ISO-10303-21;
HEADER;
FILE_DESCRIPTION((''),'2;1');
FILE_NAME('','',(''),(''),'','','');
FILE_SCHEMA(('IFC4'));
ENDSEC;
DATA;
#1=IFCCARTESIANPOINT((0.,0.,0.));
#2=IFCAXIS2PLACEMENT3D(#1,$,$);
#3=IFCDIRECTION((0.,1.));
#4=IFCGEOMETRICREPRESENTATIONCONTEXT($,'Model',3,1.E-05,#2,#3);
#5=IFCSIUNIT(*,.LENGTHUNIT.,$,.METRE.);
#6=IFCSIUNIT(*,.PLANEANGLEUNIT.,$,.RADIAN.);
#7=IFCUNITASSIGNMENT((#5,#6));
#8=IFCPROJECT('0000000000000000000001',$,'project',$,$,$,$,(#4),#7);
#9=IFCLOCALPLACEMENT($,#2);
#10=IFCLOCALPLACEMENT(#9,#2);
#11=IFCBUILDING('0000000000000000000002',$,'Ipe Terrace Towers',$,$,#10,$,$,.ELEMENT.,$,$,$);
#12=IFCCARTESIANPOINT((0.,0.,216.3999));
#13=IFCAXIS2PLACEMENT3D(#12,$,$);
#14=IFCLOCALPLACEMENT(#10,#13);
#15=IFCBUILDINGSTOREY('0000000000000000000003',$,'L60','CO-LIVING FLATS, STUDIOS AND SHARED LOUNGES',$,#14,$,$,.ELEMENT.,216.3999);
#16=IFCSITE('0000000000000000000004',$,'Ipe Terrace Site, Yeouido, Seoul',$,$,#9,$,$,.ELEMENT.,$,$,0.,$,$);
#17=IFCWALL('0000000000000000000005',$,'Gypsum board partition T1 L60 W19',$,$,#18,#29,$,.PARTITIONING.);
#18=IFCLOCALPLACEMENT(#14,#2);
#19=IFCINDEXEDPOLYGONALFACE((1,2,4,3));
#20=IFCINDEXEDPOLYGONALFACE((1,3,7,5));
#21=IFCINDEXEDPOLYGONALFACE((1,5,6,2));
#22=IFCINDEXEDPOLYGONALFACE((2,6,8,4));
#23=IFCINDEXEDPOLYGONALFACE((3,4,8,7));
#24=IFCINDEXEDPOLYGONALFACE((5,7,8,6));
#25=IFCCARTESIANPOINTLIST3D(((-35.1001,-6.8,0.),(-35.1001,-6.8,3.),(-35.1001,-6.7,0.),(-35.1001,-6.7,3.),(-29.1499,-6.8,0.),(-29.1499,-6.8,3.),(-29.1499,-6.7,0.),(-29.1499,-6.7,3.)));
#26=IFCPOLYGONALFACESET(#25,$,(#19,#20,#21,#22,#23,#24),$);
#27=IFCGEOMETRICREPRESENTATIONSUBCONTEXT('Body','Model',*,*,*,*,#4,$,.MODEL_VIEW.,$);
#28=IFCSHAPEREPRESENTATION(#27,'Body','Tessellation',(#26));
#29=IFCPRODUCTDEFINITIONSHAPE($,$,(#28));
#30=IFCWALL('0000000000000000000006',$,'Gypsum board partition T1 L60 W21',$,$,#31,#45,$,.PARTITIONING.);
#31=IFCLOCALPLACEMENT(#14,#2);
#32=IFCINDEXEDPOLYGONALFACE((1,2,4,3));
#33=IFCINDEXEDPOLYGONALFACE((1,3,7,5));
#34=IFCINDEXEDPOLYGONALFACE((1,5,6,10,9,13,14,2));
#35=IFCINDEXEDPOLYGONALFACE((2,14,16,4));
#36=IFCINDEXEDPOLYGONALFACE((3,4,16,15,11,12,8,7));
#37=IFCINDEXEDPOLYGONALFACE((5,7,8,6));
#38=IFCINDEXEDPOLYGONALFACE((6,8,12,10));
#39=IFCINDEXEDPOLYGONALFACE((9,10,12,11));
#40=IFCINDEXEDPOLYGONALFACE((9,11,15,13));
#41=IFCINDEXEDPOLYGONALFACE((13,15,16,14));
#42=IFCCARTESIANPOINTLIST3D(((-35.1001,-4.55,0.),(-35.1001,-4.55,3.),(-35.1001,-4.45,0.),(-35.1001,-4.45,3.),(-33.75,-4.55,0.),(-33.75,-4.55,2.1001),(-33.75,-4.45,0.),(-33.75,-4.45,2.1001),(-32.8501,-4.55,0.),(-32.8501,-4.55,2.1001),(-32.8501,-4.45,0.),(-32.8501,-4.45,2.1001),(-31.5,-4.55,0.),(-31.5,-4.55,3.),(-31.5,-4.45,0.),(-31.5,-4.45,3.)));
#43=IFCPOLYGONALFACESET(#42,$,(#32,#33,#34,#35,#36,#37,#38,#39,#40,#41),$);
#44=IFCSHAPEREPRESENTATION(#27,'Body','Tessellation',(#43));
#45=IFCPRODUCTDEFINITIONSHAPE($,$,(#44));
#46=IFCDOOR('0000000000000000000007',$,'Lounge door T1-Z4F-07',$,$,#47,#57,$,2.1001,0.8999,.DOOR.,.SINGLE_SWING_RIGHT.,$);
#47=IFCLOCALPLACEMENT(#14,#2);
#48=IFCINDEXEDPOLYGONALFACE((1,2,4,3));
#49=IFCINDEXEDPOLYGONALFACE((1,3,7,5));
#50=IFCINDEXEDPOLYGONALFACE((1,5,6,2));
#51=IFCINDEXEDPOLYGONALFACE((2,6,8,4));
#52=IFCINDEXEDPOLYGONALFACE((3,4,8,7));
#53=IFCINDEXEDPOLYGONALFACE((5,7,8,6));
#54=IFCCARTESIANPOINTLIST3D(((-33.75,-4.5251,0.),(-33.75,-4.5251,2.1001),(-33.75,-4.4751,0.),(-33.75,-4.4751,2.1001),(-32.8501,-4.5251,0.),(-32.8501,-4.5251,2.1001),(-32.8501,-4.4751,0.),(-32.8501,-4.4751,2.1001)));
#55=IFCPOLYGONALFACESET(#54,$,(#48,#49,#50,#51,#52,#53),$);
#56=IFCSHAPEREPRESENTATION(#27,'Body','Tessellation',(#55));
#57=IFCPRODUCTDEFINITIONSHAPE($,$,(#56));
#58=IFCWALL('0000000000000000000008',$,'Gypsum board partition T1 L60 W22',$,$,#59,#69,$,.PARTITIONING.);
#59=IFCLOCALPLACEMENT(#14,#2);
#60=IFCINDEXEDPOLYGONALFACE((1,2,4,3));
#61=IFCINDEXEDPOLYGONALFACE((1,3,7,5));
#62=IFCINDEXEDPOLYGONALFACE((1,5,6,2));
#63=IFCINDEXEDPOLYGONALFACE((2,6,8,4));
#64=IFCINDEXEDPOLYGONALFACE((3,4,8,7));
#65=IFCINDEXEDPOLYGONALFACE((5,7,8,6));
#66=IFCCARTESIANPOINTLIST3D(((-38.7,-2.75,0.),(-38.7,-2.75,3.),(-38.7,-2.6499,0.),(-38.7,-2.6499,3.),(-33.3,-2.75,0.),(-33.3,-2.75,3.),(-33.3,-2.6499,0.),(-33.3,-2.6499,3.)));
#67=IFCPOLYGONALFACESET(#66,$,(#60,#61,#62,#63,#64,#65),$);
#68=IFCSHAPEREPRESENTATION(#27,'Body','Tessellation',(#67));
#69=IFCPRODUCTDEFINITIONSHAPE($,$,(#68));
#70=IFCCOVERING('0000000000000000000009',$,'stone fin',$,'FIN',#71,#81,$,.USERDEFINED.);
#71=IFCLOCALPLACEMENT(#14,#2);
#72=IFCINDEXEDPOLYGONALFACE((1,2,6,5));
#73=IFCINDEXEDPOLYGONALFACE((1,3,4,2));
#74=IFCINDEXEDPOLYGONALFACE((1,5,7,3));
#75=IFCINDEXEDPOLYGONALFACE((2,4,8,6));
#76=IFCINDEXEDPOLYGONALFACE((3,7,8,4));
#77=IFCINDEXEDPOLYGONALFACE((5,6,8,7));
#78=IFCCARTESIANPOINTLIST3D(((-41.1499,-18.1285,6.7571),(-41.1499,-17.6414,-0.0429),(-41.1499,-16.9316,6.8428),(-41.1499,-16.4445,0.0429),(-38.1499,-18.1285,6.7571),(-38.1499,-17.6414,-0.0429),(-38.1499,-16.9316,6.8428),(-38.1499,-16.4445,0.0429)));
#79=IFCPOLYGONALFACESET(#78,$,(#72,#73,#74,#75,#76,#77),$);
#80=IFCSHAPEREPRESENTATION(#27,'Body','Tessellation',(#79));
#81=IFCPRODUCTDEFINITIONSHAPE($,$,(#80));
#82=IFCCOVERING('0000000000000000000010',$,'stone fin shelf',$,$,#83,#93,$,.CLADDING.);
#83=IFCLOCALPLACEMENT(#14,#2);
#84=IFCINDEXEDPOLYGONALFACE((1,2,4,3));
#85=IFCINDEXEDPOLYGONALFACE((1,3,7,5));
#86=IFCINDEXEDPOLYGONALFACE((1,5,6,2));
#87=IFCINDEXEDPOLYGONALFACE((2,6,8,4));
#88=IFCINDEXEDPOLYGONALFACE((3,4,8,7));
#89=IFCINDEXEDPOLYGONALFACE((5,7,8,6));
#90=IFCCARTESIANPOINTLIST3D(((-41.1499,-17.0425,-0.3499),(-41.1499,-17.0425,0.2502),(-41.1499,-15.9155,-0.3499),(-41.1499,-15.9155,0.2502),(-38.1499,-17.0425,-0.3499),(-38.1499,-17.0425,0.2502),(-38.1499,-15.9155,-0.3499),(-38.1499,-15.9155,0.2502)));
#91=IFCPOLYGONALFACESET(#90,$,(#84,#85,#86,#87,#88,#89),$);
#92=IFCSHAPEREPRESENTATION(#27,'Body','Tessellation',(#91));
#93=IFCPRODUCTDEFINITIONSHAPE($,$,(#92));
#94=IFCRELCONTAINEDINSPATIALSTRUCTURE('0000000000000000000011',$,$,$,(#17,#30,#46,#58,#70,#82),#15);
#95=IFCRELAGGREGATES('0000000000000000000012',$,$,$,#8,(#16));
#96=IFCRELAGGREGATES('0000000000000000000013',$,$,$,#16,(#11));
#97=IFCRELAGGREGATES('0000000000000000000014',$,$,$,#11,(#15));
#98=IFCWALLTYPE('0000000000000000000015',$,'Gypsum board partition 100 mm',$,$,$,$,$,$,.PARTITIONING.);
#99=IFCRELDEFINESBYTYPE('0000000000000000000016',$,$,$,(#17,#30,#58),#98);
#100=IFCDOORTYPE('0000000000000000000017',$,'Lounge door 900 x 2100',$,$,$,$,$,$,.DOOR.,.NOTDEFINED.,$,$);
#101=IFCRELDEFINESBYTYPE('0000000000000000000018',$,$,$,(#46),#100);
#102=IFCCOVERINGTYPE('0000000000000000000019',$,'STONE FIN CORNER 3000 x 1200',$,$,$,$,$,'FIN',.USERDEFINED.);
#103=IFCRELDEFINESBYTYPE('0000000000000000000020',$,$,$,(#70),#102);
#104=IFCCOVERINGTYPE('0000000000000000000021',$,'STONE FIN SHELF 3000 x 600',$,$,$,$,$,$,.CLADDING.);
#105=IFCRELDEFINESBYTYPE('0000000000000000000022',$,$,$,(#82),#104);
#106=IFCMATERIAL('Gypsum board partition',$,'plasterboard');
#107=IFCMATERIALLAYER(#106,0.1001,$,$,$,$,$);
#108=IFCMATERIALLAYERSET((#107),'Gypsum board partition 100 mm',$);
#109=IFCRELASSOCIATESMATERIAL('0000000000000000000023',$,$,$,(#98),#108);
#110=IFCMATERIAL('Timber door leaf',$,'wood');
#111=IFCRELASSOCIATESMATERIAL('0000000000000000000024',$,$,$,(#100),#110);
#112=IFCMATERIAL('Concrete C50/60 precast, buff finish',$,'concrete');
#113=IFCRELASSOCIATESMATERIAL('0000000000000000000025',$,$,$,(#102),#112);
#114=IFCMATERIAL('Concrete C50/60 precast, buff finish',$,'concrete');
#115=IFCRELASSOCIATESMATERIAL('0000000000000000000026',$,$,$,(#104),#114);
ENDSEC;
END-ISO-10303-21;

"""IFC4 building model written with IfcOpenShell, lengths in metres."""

from ifc_helpers import new_model, si_unit, direction, frame, frame_2d, origin, origin_2d, place, context, subcontext, project, spatial, rectangle, extrude, material, layer, layer_set, material_profile, profile_set, type_object, element, fill, save


model = new_model("IFC4")

# Units and contexts
model_context = context("Model", 3, precision=1e-05, world=origin(), true_north=direction((0.0, 1.0)))
body_context = subcontext(model_context, "Body", "Model", "MODEL_VIEW")
ifc_project = project(units=[si_unit("LENGTHUNIT", "METRE"), si_unit("PLANEANGLEUNIT", "RADIAN")], contexts=[model_context])

# Site, building, storey
site_placement = place(None, origin())
site = spatial("IfcSite", under=ifc_project, at=site_placement, Name="Ipe Terrace Site, Yeouido, Seoul", CompositionType="ELEMENT", RefElevation=0.0)
building_placement = place(site_placement, origin())
building = spatial("IfcBuilding", under=site, at=building_placement, Name="Ipe Terrace Towers", CompositionType="ELEMENT")
storey_placement = place(building_placement, frame((0.0, 0.0, 216.3999)))
storey = spatial("IfcBuildingStorey", under=building, at=storey_placement, Name="L60", Description="CO-LIVING FLATS, STUDIOS AND SHARED LOUNGES", CompositionType="ELEMENT", Elevation=216.3999)

# Shared definitions
ifc_material_1 = material(Name="Gypsum board partition", Category="plasterboard")
ifc_layer_1 = layer(ifc_material_1, 0.1001)
ifc_layer_set_1 = layer_set([ifc_layer_1], Name="Gypsum board partition 100 mm")
wall_type_1 = type_object("IfcWallType", Name="Gypsum board partition 100 mm", PredefinedType="PARTITIONING", material=ifc_layer_set_1)
ifc_material_2 = material(Name="Timber door leaf", Category="wood")
door_type = type_object("IfcDoorType", Name="Lounge door 900 x 2100", OperationType="NOTDEFINED", PredefinedType="DOOR", material=ifc_material_2)

# Wall
wall_1_placement = place(storey_placement, frame((-35.1001, -6.75, 0.0), z_axis=(0.0, 0.0, 1.0), x_axis=(1.0, 0.0, 0.0)))
element("IfcWall", 1, at=wall_1_placement, inside=storey, type_object=wall_type_1, Name="Gypsum board partition T1 L60 W19", PredefinedType="PARTITIONING", context=body_context, shape_type="SweptSolid", body=[
    extrude(rectangle(XDim=5.9502, YDim=0.1001, at=frame_2d((2.9751, 0.0))), origin(), (0.0, 0.0, 1.0), 3.0),
])

# Wall, opening, door
wall_2_placement = place(storey_placement, frame((-35.1001, -4.5, 0.0), z_axis=(0.0, 0.0, 1.0), x_axis=(1.0, 0.0, 0.0)))
wall_2 = element("IfcWall", 2, at=wall_2_placement, inside=storey, type_object=wall_type_1, Name="Gypsum board partition T1 L60 W21", PredefinedType="PARTITIONING", context=body_context, shape_type="SweptSolid", body=[
    extrude(rectangle(XDim=3.6001, YDim=0.1001, at=frame_2d((1.8, 0.0))), origin(), (0.0, 0.0, 1.0), 3.0),
])
opening_1_placement = place(wall_2_placement, frame((1.3501, 0.0, 0.0)))
opening_1 = element("IfcOpeningElement", 3, at=opening_1_placement, cuts=wall_2, PredefinedType="OPENING", context=body_context, shape_type="SweptSolid", body=[
    extrude(rectangle(XDim=0.8999, YDim=2.1001, at=frame_2d((0.45, 1.05))), frame((0.0, 0.0601, 0.0), z_axis=(0.0, -1.0, 0.0), x_axis=(1.0, 0.0, 0.0)), (0.0, 0.0, 1.0), 0.1201),
])
door_1_placement = place(opening_1_placement, origin())
door_1 = element("IfcDoor", 4, at=door_1_placement, inside=storey, type_object=door_type, Name="Lounge door T1-Z4F-07", OperationType="SINGLE_SWING_RIGHT", OverallHeight=2.1001, OverallWidth=0.8999, PredefinedType="DOOR", context=body_context, shape_type="SweptSolid", body=[
    extrude(rectangle(XDim=0.8999, YDim=2.1001, at=frame_2d((0.45, 1.05))), frame((0.0, 0.0249, 0.0), z_axis=(0.0, -1.0, 0.0), x_axis=(1.0, 0.0, 0.0)), (0.0, 0.0, 1.0), 0.05),
])
fill(opening_1, door_1)

# Wall
wall_3_placement = place(storey_placement, frame((-38.7, -2.7, 0.0), z_axis=(0.0, 0.0, 1.0), x_axis=(1.0, 0.0, 0.0)))
element("IfcWall", 5, at=wall_3_placement, inside=storey, type_object=wall_type_1, Name="Gypsum board partition T1 L60 W22", PredefinedType="PARTITIONING", context=body_context, shape_type="SweptSolid", body=[
    extrude(rectangle(XDim=5.3999, YDim=0.1001, at=frame_2d((2.7, 0.0))), origin(), (0.0, 0.0, 1.0), 3.0),
])

# Coverings
ifc_material_3 = material(Name="Concrete C50/60 precast, buff finish", Category="concrete")
ifc_material_profile_1 = material_profile(ifc_material_3, rectangle(XDim=3.0, YDim=1.2, at=origin_2d()), Name="STONE FIN CORNER 3000 x 1200")
ifc_profile_set_1 = profile_set([ifc_material_profile_1], Name="Concrete C50/60 precast, buff finish")
covering_type_1 = type_object("IfcCoveringType", Name="STONE FIN CORNER 3000 x 1200", ElementType="FIN", PredefinedType="USERDEFINED", material=ifc_profile_set_1)
covering_1_placement = place(storey_placement, frame((-39.6499, -17.043, 0.0), z_axis=(0.0, -0.071443, 0.997445), x_axis=(1.0, 0.0, 0.0)))
element("IfcCovering", 6, at=covering_1_placement, inside=storey, type_object=covering_type_1, Name="stone fin", ObjectType="FIN", PredefinedType="USERDEFINED", context=body_context, shape_type="SweptSolid", body=[
    extrude(rectangle(XDim=3.0, YDim=1.2, at=origin_2d()), origin(), (0.0, 0.0, 1.0), 6.8174),
])
ifc_material_4 = material(Name="Concrete C50/60 precast, buff finish", Category="concrete")
covering_type_2 = type_object("IfcCoveringType", Name="STONE FIN SHELF 3000 x 600", PredefinedType="CLADDING", material=ifc_material_4)
covering_2_placement = place(storey_placement, frame((-39.6499, -16.479, -0.3499), z_axis=(0.0, 0.0, 1.0), x_axis=(1.0, 0.0, 0.0)))
element("IfcCovering", 7, at=covering_2_placement, inside=storey, type_object=covering_type_2, Name="stone fin shelf", PredefinedType="CLADDING", context=body_context, shape_type="SweptSolid", body=[
    extrude(rectangle(XDim=3.0, YDim=1.127, at=origin_2d()), origin(), (0.0, 0.0, 1.0), 0.6001),
])

save(model, "model.ifc")
